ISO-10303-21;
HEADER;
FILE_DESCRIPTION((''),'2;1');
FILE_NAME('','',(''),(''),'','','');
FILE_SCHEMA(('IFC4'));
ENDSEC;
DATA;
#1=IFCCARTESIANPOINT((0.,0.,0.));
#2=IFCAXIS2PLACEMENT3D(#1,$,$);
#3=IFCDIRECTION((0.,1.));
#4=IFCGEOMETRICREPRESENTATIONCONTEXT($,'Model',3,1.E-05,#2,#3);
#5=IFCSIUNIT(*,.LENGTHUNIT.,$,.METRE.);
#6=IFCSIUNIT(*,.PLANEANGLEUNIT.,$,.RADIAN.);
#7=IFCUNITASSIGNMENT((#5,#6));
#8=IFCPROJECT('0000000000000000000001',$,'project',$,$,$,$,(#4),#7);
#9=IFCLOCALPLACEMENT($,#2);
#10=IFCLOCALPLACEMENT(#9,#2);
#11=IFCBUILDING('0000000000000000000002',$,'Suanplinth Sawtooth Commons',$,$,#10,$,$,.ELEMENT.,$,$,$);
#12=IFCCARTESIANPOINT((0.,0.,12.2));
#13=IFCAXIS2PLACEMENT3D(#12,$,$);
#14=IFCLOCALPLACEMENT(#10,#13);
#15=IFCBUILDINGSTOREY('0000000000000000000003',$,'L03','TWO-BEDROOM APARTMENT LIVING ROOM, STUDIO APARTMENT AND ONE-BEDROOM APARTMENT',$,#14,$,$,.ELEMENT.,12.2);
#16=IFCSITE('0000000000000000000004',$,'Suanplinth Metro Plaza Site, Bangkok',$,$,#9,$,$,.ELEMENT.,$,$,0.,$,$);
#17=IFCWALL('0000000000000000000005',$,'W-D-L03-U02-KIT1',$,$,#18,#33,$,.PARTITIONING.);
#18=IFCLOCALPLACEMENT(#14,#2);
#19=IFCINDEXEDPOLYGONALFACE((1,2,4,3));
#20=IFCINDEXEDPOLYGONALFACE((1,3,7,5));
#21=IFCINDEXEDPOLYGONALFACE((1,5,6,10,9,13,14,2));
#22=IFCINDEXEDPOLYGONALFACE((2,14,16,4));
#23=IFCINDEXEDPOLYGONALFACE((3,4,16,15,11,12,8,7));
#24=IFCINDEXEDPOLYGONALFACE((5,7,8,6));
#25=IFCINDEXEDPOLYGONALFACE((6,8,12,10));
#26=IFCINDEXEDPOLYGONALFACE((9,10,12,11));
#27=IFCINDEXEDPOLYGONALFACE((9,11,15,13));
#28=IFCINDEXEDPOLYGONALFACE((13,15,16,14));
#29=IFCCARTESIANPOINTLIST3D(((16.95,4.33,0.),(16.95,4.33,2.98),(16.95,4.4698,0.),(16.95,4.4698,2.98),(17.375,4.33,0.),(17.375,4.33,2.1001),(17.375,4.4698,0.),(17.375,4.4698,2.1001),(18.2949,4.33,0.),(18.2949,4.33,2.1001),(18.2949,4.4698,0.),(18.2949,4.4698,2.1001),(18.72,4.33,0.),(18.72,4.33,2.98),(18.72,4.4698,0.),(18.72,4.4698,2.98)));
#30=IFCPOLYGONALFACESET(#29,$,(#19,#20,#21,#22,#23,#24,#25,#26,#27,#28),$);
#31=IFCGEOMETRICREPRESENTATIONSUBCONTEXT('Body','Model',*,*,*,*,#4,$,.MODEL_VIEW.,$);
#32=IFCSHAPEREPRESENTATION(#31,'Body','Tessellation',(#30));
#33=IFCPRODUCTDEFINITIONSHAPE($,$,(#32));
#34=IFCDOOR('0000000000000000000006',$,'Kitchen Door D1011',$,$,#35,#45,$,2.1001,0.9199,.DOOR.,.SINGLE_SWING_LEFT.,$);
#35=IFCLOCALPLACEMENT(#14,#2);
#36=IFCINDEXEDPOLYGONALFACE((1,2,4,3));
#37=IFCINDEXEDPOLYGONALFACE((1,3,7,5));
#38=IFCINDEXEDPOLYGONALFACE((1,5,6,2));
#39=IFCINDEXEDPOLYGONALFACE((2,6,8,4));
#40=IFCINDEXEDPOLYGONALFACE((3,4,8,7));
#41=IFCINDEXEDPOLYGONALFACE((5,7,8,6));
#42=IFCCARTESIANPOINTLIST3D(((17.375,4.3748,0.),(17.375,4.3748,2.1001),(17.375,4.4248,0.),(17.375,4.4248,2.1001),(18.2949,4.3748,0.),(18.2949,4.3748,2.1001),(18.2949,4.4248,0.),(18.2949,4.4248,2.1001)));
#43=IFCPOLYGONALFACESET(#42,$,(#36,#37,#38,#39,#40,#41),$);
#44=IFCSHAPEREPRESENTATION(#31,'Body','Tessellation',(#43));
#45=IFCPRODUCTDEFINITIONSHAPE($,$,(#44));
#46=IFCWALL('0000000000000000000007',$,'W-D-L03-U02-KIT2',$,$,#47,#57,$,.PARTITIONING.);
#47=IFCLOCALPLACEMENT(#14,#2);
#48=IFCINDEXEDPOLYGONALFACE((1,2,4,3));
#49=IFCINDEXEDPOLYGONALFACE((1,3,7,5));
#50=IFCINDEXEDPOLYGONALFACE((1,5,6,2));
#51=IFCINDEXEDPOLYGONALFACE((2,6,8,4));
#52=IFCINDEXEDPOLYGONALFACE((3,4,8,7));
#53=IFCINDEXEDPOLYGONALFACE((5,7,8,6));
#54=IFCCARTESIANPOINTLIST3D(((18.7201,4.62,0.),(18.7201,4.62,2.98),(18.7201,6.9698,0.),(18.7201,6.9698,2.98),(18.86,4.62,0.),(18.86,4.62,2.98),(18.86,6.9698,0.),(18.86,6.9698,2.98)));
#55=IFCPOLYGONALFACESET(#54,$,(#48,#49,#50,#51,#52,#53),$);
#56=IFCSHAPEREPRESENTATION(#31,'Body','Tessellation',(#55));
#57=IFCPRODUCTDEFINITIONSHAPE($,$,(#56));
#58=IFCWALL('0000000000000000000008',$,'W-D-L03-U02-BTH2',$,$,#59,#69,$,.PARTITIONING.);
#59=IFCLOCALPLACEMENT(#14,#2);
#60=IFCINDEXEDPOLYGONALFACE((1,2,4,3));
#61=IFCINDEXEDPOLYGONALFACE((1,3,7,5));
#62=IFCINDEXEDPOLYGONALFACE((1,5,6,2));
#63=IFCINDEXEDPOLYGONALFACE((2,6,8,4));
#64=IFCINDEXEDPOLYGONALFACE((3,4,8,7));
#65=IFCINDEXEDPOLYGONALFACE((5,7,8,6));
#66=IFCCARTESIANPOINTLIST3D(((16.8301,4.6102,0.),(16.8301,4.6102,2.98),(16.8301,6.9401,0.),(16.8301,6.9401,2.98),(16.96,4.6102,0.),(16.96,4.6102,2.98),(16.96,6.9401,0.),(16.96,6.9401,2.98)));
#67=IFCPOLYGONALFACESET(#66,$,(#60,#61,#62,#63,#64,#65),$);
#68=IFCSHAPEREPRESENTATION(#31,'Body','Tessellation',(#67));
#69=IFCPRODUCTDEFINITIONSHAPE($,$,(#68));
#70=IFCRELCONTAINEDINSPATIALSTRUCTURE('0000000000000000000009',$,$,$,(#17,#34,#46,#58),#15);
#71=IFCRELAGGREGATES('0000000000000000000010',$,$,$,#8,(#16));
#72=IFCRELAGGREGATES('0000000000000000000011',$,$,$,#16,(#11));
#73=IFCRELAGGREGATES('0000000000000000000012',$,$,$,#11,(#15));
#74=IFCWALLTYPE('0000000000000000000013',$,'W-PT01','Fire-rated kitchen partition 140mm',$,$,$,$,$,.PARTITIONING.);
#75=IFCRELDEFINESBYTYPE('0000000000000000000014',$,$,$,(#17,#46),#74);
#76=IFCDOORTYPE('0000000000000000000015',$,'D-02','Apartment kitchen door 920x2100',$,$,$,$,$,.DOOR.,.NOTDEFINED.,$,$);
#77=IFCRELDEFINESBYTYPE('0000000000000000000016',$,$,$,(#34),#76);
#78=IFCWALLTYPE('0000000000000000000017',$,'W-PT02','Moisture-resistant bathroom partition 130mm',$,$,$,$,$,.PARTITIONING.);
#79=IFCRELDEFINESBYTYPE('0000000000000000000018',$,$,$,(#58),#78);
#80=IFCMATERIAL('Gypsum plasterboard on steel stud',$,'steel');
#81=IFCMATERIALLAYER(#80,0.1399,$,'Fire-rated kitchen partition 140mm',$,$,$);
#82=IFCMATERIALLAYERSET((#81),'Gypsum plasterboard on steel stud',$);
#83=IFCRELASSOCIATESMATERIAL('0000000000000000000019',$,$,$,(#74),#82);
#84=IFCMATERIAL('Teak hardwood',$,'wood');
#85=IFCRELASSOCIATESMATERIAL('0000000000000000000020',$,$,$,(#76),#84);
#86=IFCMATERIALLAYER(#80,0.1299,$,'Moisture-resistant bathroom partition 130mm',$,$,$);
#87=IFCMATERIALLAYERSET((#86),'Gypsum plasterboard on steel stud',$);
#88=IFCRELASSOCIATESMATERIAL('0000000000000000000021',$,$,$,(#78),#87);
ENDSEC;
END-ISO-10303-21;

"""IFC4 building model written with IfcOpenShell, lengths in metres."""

from ifc_helpers import new_model, si_unit, direction, frame, frame_2d, origin, place, context, subcontext, project, spatial, rectangle, extrude, material, layer, layer_set, type_object, element, fill, save


model = new_model("IFC4")

# Units and contexts
model_context = context("Model", 3, precision=1e-05, world=origin(), true_north=direction((0.0, 1.0)))
body_context = subcontext(model_context, "Body", "Model", "MODEL_VIEW")
ifc_project = project(units=[si_unit("LENGTHUNIT", "METRE"), si_unit("PLANEANGLEUNIT", "RADIAN")], contexts=[model_context])

# Site, building, storey
site_placement = place(None, origin())
site = spatial("IfcSite", under=ifc_project, at=site_placement, Name="Suanplinth Metro Plaza Site, Bangkok", CompositionType="ELEMENT", RefElevation=0.0)
building_placement = place(site_placement, origin())
building = spatial("IfcBuilding", under=site, at=building_placement, Name="Suanplinth Sawtooth Commons", CompositionType="ELEMENT")
storey_placement = place(building_placement, frame((0.0, 0.0, 12.2)))
storey = spatial("IfcBuildingStorey", under=building, at=storey_placement, Name="L03", Description="TWO-BEDROOM APARTMENT LIVING ROOM, STUDIO APARTMENT AND ONE-BEDROOM APARTMENT", CompositionType="ELEMENT", Elevation=12.2)

# Wall, opening, door
ifc_material_1 = material(Name="Gypsum plasterboard on steel stud", Category="steel")
ifc_layer_1 = layer(ifc_material_1, 0.1399, Name="Fire-rated kitchen partition 140mm")
ifc_layer_set_1 = layer_set([ifc_layer_1], Name="Gypsum plasterboard on steel stud")
wall_type_1 = type_object("IfcWallType", Name="W-PT01", Description="Fire-rated kitchen partition 140mm", PredefinedType="PARTITIONING", material=ifc_layer_set_1)
wall_1_placement = place(storey_placement, frame((16.95, 4.3999, 0.0), z_axis=(0.0, 0.0, 1.0), x_axis=(1.0, 0.0, 0.0)))
wall_1 = element("IfcWall", 1, at=wall_1_placement, inside=storey, type_object=wall_type_1, Name="W-D-L03-U02-KIT1", PredefinedType="PARTITIONING", context=body_context, shape_type="SweptSolid", body=[
    extrude(rectangle(XDim=1.77, YDim=0.1399, at=frame_2d((0.885, 0.0))), origin(), (0.0, 0.0, 1.0), 2.98),
])
opening_1_placement = place(wall_1_placement, frame((0.425, 0.0, 0.0)))
opening_1 = element("IfcOpeningElement", 2, at=opening_1_placement, cuts=wall_1, PredefinedType="OPENING", context=body_context, shape_type="SweptSolid", body=[
    extrude(rectangle(XDim=0.9199, YDim=2.1001, at=frame_2d((0.46, 1.05))), frame((0.0, 0.085, 0.0), z_axis=(0.0, -1.0, 0.0), x_axis=(1.0, 0.0, 0.0)), (0.0, 0.0, 1.0), 0.1697),
])
ifc_material_2 = material(Name="Teak hardwood", Category="wood")
door_type_1 = type_object("IfcDoorType", Name="D-02", Description="Apartment kitchen door 920x2100", OperationType="NOTDEFINED", PredefinedType="DOOR", material=ifc_material_2)
door_1_placement = place(opening_1_placement, origin())
door_1 = element("IfcDoor", 3, at=door_1_placement, inside=storey, type_object=door_type_1, Name="Kitchen Door D1011", OperationType="SINGLE_SWING_LEFT", OverallHeight=2.1001, OverallWidth=0.9199, PredefinedType="DOOR", context=body_context, shape_type="SweptSolid", body=[
    extrude(rectangle(XDim=0.9199, YDim=2.1001, at=frame_2d((0.46, 1.05))), frame((0.0, 0.0249, 0.0), z_axis=(0.0, -1.0, 0.0), x_axis=(1.0, 0.0, 0.0)), (0.0, 0.0, 1.0), 0.05),
])
fill(opening_1, door_1)

# Walls
wall_2_placement = place(storey_placement, frame((18.79, 4.6201, 0.0), z_axis=(0.0, 0.0, 1.0), x_axis=(0.0, 1.0, 0.0)))
element("IfcWall", 4, at=wall_2_placement, inside=storey, type_object=wall_type_1, Name="W-D-L03-U02-KIT2", PredefinedType="PARTITIONING", context=body_context, shape_type="SweptSolid", body=[
    extrude(rectangle(XDim=2.3499, YDim=0.1399, at=frame_2d((1.1748, 0.0))), origin(), (0.0, 0.0, 1.0), 2.98),
])
ifc_layer_2 = layer(ifc_material_1, 0.1299, Name="Moisture-resistant bathroom partition 130mm")
ifc_layer_set_2 = layer_set([ifc_layer_2], Name="Gypsum plasterboard on steel stud")
wall_type_2 = type_object("IfcWallType", Name="W-PT02", Description="Moisture-resistant bathroom partition 130mm", PredefinedType="PARTITIONING", material=ifc_layer_set_2)
wall_3_placement = place(storey_placement, frame((16.895, 4.6101, 0.0), z_axis=(0.0, 0.0, 1.0), x_axis=(0.0, 1.0, 0.0)))
element("IfcWall", 5, at=wall_3_placement, inside=storey, type_object=wall_type_2, Name="W-D-L03-U02-BTH2", PredefinedType="PARTITIONING", context=body_context, shape_type="SweptSolid", body=[
    extrude(rectangle(XDim=2.3298, YDim=0.1299, at=frame_2d((1.165, 0.0))), origin(), (0.0, 0.0, 1.0), 2.98),
])

save(model, "model.ifc")
